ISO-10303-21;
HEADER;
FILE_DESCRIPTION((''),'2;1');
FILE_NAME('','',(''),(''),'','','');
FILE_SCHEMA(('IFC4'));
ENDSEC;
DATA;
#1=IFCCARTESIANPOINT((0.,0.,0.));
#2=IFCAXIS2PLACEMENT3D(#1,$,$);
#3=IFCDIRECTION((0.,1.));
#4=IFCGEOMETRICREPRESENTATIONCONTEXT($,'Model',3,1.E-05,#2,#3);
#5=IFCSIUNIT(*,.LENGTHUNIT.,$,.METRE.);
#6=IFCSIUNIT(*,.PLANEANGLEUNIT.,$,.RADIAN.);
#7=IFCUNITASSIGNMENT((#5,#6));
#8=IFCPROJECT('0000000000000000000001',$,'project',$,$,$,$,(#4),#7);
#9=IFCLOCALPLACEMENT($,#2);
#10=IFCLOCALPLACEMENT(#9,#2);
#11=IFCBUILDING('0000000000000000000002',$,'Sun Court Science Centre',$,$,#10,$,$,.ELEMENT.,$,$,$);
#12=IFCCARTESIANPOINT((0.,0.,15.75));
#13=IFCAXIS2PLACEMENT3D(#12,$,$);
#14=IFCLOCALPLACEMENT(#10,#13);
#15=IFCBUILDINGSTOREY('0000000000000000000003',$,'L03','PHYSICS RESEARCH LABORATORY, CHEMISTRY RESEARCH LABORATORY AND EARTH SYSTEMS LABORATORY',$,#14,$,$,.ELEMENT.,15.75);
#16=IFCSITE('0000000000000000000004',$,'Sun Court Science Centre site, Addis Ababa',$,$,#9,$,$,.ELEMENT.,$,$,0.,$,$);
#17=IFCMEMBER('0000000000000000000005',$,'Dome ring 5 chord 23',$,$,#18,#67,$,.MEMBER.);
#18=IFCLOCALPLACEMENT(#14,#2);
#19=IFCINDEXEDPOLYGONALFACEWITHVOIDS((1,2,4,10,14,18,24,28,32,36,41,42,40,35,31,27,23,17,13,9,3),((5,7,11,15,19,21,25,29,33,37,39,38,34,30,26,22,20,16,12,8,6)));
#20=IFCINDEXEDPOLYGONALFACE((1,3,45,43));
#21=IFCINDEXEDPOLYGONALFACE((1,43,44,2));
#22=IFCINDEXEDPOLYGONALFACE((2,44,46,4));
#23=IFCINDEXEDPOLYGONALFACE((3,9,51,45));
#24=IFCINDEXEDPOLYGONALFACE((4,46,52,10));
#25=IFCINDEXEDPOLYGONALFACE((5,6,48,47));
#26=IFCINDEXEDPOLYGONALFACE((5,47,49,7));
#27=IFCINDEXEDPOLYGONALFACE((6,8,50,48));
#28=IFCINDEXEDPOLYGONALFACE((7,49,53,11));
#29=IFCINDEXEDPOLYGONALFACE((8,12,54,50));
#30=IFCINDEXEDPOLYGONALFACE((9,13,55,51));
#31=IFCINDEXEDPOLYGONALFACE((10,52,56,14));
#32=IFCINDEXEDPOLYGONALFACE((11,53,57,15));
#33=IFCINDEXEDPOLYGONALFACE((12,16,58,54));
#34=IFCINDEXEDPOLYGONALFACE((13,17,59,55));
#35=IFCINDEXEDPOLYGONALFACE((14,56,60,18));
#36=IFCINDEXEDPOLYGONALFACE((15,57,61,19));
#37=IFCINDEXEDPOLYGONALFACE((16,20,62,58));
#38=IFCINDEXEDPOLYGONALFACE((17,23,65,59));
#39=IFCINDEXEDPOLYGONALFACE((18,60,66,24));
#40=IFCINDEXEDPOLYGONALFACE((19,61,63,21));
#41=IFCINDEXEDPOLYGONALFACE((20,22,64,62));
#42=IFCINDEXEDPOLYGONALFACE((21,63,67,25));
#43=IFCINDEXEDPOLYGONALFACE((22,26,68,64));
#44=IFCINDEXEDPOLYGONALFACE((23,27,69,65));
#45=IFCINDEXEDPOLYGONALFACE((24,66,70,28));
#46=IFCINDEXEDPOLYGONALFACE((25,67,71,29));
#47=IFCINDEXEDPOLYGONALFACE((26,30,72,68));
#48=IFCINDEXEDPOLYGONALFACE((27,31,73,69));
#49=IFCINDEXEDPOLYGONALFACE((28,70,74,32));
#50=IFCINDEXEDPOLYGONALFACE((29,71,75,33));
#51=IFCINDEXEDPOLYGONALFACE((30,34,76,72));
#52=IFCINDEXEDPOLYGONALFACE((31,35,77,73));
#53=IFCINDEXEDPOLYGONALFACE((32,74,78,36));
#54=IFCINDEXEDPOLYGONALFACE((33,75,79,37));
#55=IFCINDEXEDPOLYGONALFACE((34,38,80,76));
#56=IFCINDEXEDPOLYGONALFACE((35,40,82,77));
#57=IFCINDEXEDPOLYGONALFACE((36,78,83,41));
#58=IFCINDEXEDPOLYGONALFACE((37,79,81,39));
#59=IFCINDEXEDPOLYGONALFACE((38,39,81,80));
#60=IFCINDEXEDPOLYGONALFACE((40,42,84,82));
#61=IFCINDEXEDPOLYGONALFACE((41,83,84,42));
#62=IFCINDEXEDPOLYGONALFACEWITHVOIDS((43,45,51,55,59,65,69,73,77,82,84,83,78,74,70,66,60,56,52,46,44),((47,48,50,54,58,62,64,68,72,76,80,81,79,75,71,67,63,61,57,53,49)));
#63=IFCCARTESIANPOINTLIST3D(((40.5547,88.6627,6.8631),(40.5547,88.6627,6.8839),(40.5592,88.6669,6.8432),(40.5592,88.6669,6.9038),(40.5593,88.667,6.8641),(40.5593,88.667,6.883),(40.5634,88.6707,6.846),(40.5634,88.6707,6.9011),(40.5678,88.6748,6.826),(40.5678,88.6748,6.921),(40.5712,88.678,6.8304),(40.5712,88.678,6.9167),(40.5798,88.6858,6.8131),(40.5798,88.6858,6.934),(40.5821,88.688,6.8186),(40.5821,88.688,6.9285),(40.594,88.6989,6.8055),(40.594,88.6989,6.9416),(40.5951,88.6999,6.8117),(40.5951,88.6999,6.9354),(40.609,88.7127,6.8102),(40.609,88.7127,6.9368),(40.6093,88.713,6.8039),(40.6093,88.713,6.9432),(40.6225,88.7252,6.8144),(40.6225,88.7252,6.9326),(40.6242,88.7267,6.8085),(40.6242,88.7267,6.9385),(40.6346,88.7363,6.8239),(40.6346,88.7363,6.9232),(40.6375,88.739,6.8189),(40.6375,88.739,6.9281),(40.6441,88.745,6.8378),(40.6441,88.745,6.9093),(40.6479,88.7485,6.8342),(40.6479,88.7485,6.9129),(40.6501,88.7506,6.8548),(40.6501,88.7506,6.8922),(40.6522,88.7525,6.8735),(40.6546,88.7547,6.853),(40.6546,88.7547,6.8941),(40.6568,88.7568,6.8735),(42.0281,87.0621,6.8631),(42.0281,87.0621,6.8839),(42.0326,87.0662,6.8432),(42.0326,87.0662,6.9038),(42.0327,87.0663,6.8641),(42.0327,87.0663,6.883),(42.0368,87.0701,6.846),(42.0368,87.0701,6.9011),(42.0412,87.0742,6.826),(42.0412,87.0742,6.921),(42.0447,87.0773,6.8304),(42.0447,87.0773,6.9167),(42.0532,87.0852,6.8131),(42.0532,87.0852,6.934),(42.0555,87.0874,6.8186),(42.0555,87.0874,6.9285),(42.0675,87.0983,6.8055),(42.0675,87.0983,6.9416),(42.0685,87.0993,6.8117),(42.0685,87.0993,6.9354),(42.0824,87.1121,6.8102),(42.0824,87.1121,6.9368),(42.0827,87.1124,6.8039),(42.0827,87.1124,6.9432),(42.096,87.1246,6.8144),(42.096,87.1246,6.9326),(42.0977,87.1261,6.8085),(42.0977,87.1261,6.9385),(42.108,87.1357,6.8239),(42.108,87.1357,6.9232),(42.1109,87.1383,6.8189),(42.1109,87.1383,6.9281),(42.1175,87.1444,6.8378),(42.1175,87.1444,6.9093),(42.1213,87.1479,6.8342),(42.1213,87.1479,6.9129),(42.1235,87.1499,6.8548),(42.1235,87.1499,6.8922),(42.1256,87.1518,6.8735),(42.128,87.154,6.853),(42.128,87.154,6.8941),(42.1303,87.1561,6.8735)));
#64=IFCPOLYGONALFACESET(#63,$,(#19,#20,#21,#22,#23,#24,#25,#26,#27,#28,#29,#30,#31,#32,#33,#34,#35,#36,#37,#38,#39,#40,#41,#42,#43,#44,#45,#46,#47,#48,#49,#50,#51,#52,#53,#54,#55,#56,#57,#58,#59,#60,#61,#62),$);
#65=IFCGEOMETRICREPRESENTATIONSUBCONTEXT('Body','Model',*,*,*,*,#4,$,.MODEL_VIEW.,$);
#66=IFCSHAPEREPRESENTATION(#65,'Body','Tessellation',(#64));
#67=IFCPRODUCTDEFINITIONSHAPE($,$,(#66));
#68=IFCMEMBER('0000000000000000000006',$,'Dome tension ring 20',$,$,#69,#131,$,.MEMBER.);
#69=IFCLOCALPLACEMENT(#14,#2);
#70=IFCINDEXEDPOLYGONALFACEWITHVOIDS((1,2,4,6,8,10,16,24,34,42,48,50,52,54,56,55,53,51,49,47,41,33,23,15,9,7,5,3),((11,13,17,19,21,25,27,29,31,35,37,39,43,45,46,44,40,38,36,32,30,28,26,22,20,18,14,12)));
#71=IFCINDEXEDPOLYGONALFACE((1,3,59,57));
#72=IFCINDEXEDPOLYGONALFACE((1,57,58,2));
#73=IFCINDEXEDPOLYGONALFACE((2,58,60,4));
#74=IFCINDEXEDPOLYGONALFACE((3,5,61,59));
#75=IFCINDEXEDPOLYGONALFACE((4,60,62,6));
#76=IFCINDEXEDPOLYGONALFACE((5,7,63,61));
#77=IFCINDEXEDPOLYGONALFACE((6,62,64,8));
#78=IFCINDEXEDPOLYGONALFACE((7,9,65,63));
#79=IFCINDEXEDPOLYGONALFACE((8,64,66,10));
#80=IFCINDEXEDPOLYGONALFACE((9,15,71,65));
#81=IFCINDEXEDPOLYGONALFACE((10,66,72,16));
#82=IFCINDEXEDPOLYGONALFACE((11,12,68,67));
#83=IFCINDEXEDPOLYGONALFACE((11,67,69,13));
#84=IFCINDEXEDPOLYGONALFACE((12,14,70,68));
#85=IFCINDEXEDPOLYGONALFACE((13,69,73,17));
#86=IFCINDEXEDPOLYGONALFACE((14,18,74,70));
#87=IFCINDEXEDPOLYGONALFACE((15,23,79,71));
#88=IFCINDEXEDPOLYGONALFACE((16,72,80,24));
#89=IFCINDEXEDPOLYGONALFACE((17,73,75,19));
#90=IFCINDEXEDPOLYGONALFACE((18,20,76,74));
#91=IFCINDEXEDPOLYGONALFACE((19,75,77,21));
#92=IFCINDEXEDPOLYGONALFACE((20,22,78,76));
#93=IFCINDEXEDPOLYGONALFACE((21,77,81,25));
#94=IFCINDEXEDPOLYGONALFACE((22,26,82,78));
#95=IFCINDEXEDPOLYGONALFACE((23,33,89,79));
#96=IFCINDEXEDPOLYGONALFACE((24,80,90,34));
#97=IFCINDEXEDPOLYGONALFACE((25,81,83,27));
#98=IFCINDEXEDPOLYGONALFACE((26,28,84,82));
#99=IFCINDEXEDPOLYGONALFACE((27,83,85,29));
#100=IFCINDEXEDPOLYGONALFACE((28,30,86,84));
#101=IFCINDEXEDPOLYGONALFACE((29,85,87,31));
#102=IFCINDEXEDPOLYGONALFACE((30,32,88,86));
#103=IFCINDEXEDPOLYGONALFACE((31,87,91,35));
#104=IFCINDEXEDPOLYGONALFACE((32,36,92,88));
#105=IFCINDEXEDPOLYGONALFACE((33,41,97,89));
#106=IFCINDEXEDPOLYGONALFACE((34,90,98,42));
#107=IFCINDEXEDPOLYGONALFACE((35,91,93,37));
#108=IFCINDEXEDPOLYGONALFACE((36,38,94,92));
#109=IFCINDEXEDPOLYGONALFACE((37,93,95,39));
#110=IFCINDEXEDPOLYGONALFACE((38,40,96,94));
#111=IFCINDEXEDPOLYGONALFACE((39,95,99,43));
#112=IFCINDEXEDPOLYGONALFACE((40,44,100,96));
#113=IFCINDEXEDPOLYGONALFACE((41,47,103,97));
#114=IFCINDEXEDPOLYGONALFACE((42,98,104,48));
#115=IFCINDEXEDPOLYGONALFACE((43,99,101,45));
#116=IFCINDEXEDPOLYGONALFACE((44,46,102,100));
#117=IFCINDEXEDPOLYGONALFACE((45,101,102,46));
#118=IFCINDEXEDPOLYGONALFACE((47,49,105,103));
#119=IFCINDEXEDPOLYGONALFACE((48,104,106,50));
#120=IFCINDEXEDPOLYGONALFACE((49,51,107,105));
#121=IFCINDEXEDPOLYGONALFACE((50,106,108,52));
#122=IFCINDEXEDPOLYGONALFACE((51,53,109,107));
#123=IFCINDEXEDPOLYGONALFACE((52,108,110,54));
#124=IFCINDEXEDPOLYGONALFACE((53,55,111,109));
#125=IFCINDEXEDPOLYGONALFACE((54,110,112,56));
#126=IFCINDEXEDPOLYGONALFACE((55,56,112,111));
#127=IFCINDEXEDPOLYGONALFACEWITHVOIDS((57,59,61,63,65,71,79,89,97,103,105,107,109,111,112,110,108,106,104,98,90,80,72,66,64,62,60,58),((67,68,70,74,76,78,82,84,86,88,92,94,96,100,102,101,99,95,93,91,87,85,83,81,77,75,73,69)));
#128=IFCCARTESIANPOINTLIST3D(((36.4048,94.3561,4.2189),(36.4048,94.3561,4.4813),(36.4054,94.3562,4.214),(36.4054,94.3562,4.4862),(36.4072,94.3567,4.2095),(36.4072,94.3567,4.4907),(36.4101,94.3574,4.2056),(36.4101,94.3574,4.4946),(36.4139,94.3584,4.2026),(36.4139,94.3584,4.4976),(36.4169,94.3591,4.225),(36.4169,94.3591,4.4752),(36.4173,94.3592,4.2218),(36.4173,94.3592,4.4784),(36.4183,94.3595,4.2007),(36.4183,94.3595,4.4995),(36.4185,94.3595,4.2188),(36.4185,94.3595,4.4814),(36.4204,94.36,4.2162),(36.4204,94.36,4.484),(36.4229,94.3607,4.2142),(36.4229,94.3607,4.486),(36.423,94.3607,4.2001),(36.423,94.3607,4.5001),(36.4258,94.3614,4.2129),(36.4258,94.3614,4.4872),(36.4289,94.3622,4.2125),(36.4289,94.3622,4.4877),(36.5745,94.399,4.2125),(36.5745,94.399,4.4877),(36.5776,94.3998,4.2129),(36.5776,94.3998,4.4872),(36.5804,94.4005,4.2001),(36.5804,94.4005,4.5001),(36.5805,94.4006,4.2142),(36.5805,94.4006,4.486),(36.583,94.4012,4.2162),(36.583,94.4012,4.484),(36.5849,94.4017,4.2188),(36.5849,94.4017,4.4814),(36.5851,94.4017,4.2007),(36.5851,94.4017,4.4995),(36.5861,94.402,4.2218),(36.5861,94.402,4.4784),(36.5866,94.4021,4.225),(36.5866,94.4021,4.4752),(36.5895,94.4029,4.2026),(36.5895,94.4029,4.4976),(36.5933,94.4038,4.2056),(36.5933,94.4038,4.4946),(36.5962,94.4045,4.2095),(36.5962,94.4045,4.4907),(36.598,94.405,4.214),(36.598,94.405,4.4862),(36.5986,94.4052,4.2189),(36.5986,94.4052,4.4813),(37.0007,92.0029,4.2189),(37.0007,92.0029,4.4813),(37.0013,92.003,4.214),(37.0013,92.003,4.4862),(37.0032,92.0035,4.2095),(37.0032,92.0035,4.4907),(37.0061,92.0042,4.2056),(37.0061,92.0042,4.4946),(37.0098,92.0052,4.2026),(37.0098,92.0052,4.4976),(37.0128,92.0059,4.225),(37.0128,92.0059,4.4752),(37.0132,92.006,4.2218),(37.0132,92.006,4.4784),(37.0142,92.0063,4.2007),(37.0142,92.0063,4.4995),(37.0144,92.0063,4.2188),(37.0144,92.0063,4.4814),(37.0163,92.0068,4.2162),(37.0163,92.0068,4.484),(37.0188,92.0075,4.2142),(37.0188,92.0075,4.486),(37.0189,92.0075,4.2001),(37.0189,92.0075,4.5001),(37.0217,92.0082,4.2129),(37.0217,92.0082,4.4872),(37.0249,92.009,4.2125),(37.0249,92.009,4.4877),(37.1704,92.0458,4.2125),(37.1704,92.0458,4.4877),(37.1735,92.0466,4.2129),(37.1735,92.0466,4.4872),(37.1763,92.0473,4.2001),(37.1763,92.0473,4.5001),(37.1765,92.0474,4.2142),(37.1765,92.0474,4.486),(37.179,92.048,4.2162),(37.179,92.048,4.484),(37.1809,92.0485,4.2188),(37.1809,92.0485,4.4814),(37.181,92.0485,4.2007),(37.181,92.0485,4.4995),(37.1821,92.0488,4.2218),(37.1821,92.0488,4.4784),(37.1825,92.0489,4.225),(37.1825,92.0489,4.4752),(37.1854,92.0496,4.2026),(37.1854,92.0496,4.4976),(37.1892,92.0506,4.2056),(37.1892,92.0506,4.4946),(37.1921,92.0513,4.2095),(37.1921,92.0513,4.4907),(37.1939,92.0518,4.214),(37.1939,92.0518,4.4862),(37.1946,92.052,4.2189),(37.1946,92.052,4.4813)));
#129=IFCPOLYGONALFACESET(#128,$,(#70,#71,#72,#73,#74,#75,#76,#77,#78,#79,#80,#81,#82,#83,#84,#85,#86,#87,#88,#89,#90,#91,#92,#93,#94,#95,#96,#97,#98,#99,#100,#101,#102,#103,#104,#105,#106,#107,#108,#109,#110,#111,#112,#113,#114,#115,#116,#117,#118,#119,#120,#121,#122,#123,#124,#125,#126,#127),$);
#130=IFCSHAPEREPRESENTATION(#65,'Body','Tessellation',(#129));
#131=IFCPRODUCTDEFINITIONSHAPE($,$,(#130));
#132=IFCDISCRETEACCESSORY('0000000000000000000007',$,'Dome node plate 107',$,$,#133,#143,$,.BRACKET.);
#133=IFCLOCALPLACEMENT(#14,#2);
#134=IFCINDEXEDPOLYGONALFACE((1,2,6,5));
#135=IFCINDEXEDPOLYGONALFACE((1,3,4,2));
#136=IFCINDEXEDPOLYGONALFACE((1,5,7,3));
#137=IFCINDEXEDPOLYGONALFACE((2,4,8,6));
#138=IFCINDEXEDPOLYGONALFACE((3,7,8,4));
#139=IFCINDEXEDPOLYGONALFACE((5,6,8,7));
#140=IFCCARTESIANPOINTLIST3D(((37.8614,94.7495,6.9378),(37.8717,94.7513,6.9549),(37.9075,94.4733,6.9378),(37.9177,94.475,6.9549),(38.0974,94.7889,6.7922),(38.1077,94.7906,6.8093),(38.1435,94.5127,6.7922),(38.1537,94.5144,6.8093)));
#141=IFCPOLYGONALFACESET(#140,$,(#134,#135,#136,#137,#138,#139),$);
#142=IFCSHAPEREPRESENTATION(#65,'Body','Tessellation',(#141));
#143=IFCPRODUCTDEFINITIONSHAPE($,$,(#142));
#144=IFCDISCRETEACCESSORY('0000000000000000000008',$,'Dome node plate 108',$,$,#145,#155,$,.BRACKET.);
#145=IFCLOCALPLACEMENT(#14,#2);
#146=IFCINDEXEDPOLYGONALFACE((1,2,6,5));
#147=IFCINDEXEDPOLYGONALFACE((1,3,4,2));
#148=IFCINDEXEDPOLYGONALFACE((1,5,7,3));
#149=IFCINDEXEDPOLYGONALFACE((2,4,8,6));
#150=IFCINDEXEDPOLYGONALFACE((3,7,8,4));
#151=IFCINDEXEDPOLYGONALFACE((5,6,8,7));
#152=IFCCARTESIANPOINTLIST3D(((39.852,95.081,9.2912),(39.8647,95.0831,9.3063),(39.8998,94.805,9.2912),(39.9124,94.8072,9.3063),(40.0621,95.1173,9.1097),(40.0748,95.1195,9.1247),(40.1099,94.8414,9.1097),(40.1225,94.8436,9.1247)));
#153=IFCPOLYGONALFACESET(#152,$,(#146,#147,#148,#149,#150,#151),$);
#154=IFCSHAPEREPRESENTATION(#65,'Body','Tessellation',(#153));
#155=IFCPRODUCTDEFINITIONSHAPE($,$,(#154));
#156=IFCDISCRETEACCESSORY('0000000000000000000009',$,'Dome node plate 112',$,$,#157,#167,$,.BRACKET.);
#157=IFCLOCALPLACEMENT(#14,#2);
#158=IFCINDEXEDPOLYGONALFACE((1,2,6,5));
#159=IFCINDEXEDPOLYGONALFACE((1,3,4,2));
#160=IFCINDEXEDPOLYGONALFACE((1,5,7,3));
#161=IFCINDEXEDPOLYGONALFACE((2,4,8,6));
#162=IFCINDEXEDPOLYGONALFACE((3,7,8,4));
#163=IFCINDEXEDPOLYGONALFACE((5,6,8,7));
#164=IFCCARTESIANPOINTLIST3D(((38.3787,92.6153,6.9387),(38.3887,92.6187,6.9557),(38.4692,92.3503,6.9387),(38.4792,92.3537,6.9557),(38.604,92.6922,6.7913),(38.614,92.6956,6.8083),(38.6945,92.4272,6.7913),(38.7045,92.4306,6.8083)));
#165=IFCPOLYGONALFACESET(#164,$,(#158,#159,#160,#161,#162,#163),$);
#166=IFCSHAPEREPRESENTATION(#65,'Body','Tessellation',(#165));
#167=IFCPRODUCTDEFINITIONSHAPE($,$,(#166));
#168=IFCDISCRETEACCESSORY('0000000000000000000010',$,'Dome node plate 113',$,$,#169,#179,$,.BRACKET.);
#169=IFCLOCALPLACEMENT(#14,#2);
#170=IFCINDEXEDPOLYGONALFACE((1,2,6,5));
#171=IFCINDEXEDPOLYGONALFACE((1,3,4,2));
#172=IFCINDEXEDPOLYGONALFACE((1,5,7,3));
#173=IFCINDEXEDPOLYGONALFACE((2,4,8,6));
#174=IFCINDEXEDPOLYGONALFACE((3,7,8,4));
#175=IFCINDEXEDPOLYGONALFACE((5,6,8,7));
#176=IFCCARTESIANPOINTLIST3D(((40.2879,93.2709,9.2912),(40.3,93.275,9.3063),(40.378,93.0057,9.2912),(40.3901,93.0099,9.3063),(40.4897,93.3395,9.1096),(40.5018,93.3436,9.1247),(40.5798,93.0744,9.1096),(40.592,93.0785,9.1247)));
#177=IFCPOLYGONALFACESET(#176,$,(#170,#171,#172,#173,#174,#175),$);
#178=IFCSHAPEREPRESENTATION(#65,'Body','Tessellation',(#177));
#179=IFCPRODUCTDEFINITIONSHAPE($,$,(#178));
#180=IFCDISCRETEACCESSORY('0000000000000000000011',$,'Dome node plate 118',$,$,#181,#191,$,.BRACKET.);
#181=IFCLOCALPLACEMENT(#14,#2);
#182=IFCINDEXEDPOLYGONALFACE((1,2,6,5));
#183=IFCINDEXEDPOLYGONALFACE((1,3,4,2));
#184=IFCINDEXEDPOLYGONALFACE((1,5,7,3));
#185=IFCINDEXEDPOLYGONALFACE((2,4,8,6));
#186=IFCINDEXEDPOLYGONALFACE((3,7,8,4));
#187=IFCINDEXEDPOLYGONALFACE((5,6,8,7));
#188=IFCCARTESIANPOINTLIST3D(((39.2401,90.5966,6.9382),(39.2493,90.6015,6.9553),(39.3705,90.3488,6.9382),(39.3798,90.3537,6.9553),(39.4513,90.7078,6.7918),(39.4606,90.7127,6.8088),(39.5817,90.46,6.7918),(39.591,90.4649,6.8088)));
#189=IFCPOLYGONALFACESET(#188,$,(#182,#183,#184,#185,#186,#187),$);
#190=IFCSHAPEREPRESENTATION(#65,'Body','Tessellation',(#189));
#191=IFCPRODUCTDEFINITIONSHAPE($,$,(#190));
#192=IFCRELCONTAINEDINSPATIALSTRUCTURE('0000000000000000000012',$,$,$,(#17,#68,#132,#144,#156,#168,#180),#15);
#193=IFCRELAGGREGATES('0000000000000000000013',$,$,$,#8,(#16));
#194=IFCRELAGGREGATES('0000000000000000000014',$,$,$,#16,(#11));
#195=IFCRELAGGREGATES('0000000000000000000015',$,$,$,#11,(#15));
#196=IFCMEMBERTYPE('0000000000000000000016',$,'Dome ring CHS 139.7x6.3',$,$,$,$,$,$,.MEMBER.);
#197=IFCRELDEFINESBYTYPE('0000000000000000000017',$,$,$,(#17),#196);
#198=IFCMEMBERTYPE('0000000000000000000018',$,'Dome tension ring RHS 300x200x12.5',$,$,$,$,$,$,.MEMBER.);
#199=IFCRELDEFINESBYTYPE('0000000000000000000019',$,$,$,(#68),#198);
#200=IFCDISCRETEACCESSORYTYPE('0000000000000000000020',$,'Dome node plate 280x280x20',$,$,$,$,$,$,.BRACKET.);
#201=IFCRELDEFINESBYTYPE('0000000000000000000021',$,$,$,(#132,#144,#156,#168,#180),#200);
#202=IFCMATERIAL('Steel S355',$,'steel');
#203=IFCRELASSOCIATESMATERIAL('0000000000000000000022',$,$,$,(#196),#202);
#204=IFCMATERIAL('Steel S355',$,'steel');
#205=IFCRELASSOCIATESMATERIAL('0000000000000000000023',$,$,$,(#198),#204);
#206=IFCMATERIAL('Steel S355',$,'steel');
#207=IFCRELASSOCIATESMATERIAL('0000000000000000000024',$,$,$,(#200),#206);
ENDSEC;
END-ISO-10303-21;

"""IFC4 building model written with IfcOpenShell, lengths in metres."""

from ifc_helpers import new_model, si_unit, direction, frame, origin, origin_2d, place, context, subcontext, project, spatial, rectangle, hollow_rectangle, hollow_circle, extrude, material, material_profile, profile_set, type_object, element, save


model = new_model("IFC4")

# Units and contexts
model_context = context("Model", 3, precision=1e-05, world=origin(), true_north=direction((0.0, 1.0)))
body_context = subcontext(model_context, "Body", "Model", "MODEL_VIEW")
ifc_project = project(units=[si_unit("LENGTHUNIT", "METRE"), si_unit("PLANEANGLEUNIT", "RADIAN")], contexts=[model_context])

# Site, building, storey
site_placement = place(None, origin())
site = spatial("IfcSite", under=ifc_project, at=site_placement, Name="Sun Court Science Centre site, Addis Ababa", CompositionType="ELEMENT", RefElevation=0.0)
building_placement = place(site_placement, origin())
building = spatial("IfcBuilding", under=site, at=building_placement, Name="Sun Court Science Centre", CompositionType="ELEMENT")
storey_placement = place(building_placement, frame((0.0, 0.0, 15.75)))
storey = spatial("IfcBuildingStorey", under=building, at=storey_placement, Name="L03", Description="PHYSICS RESEARCH LABORATORY, CHEMISTRY RESEARCH LABORATORY AND EARTH SYSTEMS LABORATORY", CompositionType="ELEMENT", Elevation=15.75)

# Members
ifc_material_1 = material(Name="Steel S355", Category="steel")
ifc_material_profile_1 = material_profile(ifc_material_1, hollow_circle(Radius=0.0698, WallThickness=0.0063, at=origin_2d()), Name="CHS 139.7x6.3")
ifc_profile_set_1 = profile_set([ifc_material_profile_1], Name="Steel S355")
member_type_1 = type_object("IfcMemberType", Name="Dome ring CHS 139.7x6.3", PredefinedType="MEMBER", material=ifc_profile_set_1)
for number, where, z_axis, x_axis, name in (
    (1, (40.6055, 88.7095, 6.8735), (0.677268, -0.735736, 0.0), (0.735736, 0.677268, 0.0), "Dome ring 5 chord 23"),
):
    element("IfcMember", number, at=place(storey_placement, frame(where, z_axis=z_axis, x_axis=x_axis)), inside=storey, type_object=member_type_1, Name=name, PredefinedType="MEMBER", context=body_context, shape_type="SweptSolid", body=[
        extrude(hollow_circle(Radius=0.0698, WallThickness=0.0063, at=origin_2d()), origin(), (0.0, 0.0, 1.0), 2.1755),
    ])
ifc_material_2 = material(Name="Steel S355", Category="steel")
ifc_material_profile_2 = material_profile(ifc_material_2, hollow_rectangle(XDim=0.2, YDim=0.3, WallThickness=0.0125, InnerFilletRadius=0.0125, OuterFilletRadius=0.0188, at=origin_2d()), Name="RHS 300x200x12.5")
ifc_profile_set_2 = profile_set([ifc_material_profile_2], Name="Steel S355")
member_type_2 = type_object("IfcMemberType", Name="Dome tension ring RHS 300x200x12.5", PredefinedType="MEMBER", material=ifc_profile_set_2)
member_1_placement = place(storey_placement, frame((36.5017, 94.3806, 4.3501), z_axis=(0.245492, -0.969399, 0.0), x_axis=(0.969399, 0.245492, 0.0)))
element("IfcMember", 2, at=member_1_placement, inside=storey, type_object=member_type_2, Name="Dome tension ring 20", PredefinedType="MEMBER", context=body_context, shape_type="SweptSolid", body=[
    extrude(hollow_rectangle(XDim=0.2, YDim=0.3, WallThickness=0.0125, InnerFilletRadius=0.0125, OuterFilletRadius=0.0188, at=origin_2d()), origin(), (0.0, 0.0, 1.0), 2.4275),
])

# Discrete accessories
ifc_material_3 = material(Name="Steel S355", Category="steel")
ifc_material_profile_3 = material_profile(ifc_material_3, rectangle(XDim=0.28, YDim=0.28, at=origin_2d()), Name="PL 280x280")
ifc_profile_set_3 = profile_set([ifc_material_profile_3], Name="Steel S355")
discrete_accessory_type = type_object("IfcDiscreteAccessoryType", Name="Dome node plate 280x280x20", PredefinedType="BRACKET", material=ifc_profile_set_3)
discrete_accessory_1_placement = place(storey_placement, frame((38.0024, 94.6311, 6.865), z_axis=(0.512615, 0.085436, 0.854358), x_axis=(-0.164399, 0.986394, 0.0)))
element("IfcDiscreteAccessory", 3, at=discrete_accessory_1_placement, inside=storey, type_object=discrete_accessory_type, Name="Dome node plate 107", PredefinedType="BRACKET", context=body_context, shape_type="SweptSolid", body=[
    extrude(rectangle(XDim=0.28, YDim=0.28, at=origin_2d()), origin(), (0.0, 0.0, 1.0), 0.02),
])
discrete_accessory_2_placement = place(storey_placement, frame((39.981, 94.9612, 9.2004), z_axis=(0.638674, 0.11054, 0.761496), x_axis=(-0.170541, 0.985351, 0.0)))
element("IfcDiscreteAccessory", 4, at=discrete_accessory_2_placement, inside=storey, type_object=discrete_accessory_type, Name="Dome node plate 108", PredefinedType="BRACKET", context=body_context, shape_type="SweptSolid", body=[
    extrude(rectangle(XDim=0.28, YDim=0.28, at=origin_2d()), origin(), (0.0, 0.0, 1.0), 0.0198),
])
discrete_accessory_3_placement = place(storey_placement, frame((38.5366, 92.5212, 6.865), z_axis=(0.498041, 0.170063, 0.850314), x_axis=(-0.323144, 0.94635, 0.0)))
element("IfcDiscreteAccessory", 5, at=discrete_accessory_3_placement, inside=storey, type_object=discrete_accessory_type, Name="Dome node plate 112", PredefinedType="BRACKET", context=body_context, shape_type="SweptSolid", body=[
    extrude(rectangle(XDim=0.28, YDim=0.28, at=origin_2d()), origin(), (0.0, 0.0, 1.0), 0.02),
])
discrete_accessory_4_placement = place(storey_placement, frame((40.4338, 93.1726, 9.2004), z_axis=(0.613925, 0.208734, 0.761266), x_axis=(-0.321903, 0.946773, 0.0)))
element("IfcDiscreteAccessory", 6, at=discrete_accessory_4_placement, inside=storey, type_object=discrete_accessory_type, Name="Dome node plate 113", PredefinedType="BRACKET", context=body_context, shape_type="SweptSolid", body=[
    extrude(rectangle(XDim=0.28, YDim=0.28, at=origin_2d()), origin(), (0.0, 0.0, 1.0), 0.0198),
])
for number, where, z_axis, x_axis, name in (
    (7, (39.4109, 90.5283, 6.865), (0.462727, 0.243541, 0.852392), (-0.465746, 0.884918, 0.0), "Dome node plate 118"),
):
    element("IfcDiscreteAccessory", number, at=place(storey_placement, frame(where, z_axis=z_axis, x_axis=x_axis)), inside=storey, type_object=discrete_accessory_type, Name=name, PredefinedType="BRACKET", context=body_context, shape_type="SweptSolid", body=[
        extrude(rectangle(XDim=0.28, YDim=0.28, at=origin_2d()), origin(), (0.0, 0.0, 1.0), 0.02),
    ])

save(model, "model.ifc")
